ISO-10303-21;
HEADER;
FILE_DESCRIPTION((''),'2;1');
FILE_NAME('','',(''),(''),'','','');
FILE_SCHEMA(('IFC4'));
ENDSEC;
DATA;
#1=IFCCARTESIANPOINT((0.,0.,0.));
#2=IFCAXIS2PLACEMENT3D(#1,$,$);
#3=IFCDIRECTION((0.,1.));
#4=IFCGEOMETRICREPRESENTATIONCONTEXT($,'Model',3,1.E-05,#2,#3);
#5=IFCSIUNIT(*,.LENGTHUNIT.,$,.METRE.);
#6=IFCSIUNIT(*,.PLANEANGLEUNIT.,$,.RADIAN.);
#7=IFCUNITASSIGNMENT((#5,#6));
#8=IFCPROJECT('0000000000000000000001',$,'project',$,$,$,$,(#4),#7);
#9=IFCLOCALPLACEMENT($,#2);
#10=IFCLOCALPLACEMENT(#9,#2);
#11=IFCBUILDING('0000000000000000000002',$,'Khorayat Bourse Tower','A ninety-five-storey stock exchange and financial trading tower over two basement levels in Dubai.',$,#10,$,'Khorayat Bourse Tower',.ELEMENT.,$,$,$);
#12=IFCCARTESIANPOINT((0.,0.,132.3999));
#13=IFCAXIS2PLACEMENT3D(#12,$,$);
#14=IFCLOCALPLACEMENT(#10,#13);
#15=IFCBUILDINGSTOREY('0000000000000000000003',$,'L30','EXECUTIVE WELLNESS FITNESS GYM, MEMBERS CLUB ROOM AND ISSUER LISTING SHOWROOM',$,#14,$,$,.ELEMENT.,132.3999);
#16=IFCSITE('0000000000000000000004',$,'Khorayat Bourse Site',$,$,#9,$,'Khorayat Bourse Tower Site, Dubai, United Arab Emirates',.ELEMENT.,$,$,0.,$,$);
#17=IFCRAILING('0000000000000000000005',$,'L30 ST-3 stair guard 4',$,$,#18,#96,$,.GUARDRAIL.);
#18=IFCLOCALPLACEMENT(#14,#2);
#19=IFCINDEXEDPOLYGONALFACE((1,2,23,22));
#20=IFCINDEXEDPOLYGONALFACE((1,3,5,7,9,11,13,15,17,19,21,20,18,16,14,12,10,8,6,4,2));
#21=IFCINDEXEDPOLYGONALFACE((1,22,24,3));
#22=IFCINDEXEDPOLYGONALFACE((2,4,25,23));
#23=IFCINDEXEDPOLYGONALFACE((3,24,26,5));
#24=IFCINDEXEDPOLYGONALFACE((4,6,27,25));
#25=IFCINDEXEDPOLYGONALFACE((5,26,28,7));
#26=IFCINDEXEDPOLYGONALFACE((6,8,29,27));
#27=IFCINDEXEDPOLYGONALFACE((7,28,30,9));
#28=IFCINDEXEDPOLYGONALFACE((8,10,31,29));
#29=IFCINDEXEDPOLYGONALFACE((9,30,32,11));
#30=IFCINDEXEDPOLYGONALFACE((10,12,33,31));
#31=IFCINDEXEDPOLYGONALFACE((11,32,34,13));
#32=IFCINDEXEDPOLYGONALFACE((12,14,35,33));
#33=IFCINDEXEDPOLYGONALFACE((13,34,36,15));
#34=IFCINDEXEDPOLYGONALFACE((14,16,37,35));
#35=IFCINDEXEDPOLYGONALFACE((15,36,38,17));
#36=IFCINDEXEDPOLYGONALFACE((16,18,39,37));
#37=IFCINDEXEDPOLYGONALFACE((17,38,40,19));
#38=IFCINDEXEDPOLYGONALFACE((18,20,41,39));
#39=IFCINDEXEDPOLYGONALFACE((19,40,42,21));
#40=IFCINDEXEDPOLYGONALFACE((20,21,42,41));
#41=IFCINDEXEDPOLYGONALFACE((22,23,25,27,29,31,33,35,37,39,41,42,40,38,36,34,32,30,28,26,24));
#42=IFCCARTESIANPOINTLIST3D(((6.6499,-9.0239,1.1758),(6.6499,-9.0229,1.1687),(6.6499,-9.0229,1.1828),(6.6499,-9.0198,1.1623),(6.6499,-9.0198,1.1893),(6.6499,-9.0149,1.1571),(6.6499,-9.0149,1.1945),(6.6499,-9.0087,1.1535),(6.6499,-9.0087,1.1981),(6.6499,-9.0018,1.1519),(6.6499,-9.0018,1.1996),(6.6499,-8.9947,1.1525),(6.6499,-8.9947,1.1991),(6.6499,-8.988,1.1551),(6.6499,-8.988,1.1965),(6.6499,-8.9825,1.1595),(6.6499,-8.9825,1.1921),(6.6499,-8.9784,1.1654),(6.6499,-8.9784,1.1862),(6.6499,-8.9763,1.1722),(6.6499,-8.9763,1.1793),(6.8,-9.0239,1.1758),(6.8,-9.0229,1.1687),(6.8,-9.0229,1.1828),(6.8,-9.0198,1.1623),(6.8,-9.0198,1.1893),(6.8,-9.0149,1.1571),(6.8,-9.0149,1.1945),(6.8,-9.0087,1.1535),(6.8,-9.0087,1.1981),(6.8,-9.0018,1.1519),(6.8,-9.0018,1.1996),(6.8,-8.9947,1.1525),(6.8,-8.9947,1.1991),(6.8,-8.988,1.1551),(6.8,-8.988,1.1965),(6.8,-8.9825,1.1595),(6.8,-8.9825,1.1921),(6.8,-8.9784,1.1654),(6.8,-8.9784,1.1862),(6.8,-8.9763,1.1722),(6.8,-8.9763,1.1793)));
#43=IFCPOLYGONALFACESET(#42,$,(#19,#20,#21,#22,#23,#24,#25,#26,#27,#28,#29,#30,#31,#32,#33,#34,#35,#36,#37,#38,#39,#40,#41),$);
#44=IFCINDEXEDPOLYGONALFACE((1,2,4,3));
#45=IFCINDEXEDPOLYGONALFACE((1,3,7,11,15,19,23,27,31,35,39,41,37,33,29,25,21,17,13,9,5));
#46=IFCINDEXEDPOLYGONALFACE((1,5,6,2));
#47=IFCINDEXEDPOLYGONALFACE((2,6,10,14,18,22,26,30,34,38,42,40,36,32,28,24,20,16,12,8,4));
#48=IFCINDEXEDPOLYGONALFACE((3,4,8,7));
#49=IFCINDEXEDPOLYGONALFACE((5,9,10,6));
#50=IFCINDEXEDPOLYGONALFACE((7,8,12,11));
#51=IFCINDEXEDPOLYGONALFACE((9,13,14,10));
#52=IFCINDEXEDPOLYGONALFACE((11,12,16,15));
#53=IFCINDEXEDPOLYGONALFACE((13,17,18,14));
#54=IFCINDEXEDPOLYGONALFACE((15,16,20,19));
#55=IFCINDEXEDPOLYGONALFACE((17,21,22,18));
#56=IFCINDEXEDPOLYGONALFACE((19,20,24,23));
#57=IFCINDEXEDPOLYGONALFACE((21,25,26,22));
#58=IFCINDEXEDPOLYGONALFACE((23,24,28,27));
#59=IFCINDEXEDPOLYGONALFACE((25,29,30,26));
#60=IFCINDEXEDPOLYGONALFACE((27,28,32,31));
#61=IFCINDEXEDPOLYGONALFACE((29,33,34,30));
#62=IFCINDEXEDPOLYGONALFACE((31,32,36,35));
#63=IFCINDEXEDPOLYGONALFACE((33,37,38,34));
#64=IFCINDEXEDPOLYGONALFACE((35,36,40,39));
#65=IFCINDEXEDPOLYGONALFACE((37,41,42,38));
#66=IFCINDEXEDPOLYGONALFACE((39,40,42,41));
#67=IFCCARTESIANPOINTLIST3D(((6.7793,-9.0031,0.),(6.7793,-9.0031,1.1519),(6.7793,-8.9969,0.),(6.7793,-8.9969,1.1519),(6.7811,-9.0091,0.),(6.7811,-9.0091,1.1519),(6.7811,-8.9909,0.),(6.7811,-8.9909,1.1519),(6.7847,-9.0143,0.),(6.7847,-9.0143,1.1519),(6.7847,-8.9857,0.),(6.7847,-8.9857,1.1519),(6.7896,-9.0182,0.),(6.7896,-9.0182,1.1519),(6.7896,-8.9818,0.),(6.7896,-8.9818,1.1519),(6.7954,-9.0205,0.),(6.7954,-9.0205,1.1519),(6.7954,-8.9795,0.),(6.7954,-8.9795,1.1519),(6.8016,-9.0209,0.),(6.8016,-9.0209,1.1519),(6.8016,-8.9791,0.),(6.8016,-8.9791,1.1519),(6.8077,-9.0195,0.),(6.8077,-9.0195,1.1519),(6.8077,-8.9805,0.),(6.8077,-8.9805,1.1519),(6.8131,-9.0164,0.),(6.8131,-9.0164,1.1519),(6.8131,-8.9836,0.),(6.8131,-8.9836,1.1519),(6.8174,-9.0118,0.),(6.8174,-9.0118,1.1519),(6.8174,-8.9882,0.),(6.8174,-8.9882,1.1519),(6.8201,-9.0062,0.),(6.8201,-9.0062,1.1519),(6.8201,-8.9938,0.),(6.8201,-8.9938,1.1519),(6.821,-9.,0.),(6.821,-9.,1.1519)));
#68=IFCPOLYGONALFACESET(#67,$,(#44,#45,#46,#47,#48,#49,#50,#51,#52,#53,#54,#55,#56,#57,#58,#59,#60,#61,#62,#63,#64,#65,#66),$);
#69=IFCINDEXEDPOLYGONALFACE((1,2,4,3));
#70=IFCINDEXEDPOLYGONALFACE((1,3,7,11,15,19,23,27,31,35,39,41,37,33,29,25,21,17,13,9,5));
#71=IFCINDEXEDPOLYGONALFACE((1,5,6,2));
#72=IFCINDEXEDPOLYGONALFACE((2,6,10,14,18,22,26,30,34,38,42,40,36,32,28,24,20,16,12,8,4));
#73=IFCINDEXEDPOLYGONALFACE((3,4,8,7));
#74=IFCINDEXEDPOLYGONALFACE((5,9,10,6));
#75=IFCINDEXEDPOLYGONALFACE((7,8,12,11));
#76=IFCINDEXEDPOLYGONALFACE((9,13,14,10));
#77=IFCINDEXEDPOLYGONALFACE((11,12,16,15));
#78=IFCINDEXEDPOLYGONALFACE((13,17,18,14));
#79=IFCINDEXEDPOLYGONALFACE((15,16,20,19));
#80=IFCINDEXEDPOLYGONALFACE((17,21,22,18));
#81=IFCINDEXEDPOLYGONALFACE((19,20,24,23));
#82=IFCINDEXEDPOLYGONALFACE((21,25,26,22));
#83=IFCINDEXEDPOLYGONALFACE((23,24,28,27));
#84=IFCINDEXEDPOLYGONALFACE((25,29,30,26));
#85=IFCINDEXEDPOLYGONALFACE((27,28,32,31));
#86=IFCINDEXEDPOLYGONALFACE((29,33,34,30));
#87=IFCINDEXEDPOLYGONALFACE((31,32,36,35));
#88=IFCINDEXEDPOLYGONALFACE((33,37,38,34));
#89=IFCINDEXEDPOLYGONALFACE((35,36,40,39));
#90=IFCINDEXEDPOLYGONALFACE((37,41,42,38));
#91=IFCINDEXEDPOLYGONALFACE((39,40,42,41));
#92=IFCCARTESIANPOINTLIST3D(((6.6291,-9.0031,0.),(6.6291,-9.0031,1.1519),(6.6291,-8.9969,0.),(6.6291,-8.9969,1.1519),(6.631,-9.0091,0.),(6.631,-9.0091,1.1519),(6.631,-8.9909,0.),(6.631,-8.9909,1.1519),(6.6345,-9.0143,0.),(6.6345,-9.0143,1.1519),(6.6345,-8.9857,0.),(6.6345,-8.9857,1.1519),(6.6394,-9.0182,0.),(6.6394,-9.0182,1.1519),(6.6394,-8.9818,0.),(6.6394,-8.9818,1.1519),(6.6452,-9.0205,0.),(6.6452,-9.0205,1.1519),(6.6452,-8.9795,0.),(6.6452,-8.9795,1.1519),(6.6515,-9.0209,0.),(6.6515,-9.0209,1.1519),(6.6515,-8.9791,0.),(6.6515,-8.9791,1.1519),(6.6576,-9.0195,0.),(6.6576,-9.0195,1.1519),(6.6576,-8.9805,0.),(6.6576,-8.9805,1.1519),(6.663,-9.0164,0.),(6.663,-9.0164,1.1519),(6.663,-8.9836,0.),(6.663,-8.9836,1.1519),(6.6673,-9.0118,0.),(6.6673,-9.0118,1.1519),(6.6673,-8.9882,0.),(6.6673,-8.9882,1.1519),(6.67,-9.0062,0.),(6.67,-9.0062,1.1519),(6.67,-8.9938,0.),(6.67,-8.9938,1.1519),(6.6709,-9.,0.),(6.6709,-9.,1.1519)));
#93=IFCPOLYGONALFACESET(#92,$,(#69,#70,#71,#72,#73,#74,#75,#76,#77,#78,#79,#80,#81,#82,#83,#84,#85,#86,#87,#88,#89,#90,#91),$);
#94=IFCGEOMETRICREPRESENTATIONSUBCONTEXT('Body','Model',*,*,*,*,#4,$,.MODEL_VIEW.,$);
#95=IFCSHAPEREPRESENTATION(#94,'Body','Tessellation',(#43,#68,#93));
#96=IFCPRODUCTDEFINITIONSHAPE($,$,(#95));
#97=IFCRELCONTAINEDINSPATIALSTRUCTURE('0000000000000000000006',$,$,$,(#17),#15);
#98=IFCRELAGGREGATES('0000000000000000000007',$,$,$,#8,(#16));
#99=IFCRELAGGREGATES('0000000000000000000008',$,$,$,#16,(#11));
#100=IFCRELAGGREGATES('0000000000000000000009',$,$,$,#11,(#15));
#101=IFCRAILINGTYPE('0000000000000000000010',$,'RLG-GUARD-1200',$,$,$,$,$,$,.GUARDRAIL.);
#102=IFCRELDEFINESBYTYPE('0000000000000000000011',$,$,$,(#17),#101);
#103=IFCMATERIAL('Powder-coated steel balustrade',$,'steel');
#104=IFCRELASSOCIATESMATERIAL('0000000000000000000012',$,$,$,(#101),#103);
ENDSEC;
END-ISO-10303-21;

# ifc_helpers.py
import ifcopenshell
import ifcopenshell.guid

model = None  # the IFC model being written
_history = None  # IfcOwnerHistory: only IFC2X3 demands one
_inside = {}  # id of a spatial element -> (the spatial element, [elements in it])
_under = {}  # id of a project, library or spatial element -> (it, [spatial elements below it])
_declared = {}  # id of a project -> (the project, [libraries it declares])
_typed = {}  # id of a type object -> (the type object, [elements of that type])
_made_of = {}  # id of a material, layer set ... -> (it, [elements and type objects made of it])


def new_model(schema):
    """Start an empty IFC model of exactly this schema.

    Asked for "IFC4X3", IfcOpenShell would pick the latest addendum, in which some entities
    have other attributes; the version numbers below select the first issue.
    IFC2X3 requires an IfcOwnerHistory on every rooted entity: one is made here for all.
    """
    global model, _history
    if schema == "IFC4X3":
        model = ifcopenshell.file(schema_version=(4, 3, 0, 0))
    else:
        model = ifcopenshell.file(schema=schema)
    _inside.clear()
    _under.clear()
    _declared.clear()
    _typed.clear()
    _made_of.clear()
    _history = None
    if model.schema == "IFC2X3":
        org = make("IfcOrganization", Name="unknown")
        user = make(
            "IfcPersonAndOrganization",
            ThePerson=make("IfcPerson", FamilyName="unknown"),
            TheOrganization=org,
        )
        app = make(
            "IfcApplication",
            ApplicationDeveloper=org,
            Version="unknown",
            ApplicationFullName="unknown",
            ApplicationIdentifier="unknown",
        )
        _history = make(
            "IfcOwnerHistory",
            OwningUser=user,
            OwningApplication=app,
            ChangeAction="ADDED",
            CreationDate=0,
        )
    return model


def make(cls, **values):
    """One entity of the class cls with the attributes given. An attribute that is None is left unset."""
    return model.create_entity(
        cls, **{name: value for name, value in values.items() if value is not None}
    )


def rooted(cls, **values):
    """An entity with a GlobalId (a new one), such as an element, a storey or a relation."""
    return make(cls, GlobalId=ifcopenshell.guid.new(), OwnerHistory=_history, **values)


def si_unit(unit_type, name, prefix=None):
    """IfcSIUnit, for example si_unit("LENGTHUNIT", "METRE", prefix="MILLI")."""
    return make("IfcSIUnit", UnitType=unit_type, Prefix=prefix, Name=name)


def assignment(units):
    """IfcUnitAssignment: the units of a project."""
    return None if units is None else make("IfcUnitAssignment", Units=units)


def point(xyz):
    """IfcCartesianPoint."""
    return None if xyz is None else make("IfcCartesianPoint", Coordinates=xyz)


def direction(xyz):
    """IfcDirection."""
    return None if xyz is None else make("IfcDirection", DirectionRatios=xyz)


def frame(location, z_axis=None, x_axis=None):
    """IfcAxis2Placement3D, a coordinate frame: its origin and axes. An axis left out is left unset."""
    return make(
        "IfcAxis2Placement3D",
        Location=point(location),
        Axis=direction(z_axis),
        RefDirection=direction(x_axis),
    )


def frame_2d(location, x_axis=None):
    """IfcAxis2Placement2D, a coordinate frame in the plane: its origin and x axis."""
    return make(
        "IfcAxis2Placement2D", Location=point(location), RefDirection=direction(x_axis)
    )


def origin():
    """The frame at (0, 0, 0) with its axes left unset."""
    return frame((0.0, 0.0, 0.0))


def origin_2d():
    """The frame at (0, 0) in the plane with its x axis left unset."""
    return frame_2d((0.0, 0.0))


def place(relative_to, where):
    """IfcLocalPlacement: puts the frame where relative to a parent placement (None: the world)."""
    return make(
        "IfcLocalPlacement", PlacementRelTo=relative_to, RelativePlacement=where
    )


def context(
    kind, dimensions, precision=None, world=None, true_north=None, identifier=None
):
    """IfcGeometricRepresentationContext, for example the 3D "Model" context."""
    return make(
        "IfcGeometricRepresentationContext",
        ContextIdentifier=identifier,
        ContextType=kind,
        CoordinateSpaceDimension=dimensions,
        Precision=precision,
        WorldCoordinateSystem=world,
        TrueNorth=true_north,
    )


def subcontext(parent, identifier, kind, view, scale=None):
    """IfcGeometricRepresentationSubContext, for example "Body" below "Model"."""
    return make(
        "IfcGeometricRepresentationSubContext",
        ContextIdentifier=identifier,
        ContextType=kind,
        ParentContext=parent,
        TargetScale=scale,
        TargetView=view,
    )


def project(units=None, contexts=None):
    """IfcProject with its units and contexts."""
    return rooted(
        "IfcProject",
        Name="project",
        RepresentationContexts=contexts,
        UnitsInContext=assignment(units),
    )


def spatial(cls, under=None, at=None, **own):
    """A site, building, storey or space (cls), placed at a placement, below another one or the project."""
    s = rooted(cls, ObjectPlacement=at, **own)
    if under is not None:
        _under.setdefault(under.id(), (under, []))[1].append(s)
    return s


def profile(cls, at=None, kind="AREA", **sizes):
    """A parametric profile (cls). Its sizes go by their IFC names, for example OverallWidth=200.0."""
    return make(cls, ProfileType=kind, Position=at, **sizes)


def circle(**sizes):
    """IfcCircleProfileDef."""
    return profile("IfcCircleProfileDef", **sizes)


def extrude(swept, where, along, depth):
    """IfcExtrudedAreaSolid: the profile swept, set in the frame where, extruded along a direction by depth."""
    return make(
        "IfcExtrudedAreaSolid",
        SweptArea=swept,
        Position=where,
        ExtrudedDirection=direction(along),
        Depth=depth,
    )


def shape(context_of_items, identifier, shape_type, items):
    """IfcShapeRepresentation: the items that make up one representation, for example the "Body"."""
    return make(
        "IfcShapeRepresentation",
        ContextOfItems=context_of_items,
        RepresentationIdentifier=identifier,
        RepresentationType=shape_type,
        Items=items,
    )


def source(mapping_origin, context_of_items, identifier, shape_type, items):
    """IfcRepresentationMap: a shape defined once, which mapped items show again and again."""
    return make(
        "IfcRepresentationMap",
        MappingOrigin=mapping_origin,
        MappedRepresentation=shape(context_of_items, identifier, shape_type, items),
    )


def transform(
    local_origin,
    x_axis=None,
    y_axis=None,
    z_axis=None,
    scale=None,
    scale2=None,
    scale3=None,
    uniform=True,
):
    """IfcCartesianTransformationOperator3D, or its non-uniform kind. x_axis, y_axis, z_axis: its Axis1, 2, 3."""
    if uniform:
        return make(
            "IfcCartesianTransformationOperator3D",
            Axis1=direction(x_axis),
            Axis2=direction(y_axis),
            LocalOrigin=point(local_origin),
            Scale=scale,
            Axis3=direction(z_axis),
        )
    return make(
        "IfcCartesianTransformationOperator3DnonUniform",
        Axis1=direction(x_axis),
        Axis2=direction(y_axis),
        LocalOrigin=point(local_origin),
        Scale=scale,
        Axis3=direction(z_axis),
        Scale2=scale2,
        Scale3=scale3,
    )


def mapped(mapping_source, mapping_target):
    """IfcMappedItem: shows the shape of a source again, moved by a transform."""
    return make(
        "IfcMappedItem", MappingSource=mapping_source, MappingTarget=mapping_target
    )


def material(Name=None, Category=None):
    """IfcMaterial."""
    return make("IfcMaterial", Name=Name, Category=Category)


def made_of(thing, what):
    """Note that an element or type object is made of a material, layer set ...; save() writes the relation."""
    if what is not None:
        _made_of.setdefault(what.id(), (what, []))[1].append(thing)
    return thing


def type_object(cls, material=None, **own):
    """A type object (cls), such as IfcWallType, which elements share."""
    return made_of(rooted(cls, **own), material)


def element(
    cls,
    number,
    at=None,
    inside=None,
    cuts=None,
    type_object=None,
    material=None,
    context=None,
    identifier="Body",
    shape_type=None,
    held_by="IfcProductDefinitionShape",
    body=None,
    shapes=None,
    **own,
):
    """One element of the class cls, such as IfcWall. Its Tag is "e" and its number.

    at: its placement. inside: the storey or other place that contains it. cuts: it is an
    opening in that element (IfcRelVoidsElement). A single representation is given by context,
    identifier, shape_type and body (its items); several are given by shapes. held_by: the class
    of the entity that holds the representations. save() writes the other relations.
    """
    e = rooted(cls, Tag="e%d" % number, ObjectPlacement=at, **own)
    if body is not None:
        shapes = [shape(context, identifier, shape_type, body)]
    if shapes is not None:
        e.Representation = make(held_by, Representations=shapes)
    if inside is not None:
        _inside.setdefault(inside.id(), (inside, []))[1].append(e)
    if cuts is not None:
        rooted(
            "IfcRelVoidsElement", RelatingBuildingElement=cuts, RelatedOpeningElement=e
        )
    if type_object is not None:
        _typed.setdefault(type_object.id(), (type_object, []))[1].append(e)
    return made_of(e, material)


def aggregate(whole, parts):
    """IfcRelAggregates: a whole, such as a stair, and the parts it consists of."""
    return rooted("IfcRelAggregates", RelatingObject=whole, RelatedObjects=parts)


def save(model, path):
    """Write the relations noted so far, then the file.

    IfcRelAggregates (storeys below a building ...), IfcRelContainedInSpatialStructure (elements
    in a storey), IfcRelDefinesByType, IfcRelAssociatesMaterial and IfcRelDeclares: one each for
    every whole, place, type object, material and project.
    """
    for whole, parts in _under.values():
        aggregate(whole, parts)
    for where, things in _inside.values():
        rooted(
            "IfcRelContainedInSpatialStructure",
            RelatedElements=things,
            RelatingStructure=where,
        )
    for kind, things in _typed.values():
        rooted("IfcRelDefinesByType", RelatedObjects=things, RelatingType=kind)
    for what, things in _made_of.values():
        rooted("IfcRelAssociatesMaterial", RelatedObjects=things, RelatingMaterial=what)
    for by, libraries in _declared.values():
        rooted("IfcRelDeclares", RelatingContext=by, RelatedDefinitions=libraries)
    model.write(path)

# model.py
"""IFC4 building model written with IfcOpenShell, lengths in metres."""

from ifc_helpers import new_model, si_unit, direction, frame, origin, origin_2d, place, context, subcontext, project, spatial, circle, extrude, source, transform, mapped, material, type_object, element, save


model = new_model("IFC4")

# Units and contexts
model_context = context("Model", 3, precision=1e-05, world=origin(), true_north=direction((0.0, 1.0)))
body_context = subcontext(model_context, "Body", "Model", "MODEL_VIEW")
ifc_project = project(units=[si_unit("LENGTHUNIT", "METRE"), si_unit("PLANEANGLEUNIT", "RADIAN")], contexts=[model_context])

# Site, building, storey
site_placement = place(None, origin())
site = spatial("IfcSite", under=ifc_project, at=site_placement, Name="Khorayat Bourse Site", LongName="Khorayat Bourse Tower Site, Dubai, United Arab Emirates", CompositionType="ELEMENT", RefElevation=0.0)
building_placement = place(site_placement, origin())
building = spatial("IfcBuilding", under=site, at=building_placement, Name="Khorayat Bourse Tower", Description="A ninety-five-storey stock exchange and financial trading tower over two basement levels in Dubai.", LongName="Khorayat Bourse Tower", CompositionType="ELEMENT")
storey_placement = place(building_placement, frame((0.0, 0.0, 132.3999)))
storey = spatial("IfcBuildingStorey", under=building, at=storey_placement, Name="L30", Description="EXECUTIVE WELLNESS FITNESS GYM, MEMBERS CLUB ROOM AND ISSUER LISTING SHOWROOM", CompositionType="ELEMENT", Elevation=132.3999)

# Railing
ifc_material_1 = material(Name="Powder-coated steel balustrade", Category="steel")
railing_type_1 = type_object("IfcRailingType", Name="RLG-GUARD-1200", PredefinedType="GUARDRAIL", material=ifc_material_1)
shared_shape_1 = source(origin(), body_context, "Body", "SweptSolid", [
    extrude(circle(Radius=0.0239, at=origin_2d()), frame((0.0, 0.0, 1.1758), z_axis=(-1.0, 0.0, 0.0), x_axis=(0.0, -1.0, 0.0)), (0.0, 0.0, 1.0), 0.1501),
    extrude(circle(Radius=0.021, at=origin_2d()), origin(), (0.0, 0.0, 1.0), 1.1519),
    extrude(circle(Radius=0.021, at=origin_2d()), frame((-0.1501, 0.0, 0.0)), (0.0, 0.0, 1.0), 1.1519),
])
for number, where, name in (
    (1, (6.8, -9.0, 0.0), "L30 ST-3 stair guard 4"),
):
    element("IfcRailing", number, at=place(storey_placement, frame(where)), inside=storey, type_object=railing_type_1, Name=name, PredefinedType="GUARDRAIL", context=body_context, shape_type="MappedRepresentation", body=[
        mapped(shared_shape_1, transform((0.0, 0.0, 0.0), scale=1.0)),
    ])

save(model, "model.ifc")
